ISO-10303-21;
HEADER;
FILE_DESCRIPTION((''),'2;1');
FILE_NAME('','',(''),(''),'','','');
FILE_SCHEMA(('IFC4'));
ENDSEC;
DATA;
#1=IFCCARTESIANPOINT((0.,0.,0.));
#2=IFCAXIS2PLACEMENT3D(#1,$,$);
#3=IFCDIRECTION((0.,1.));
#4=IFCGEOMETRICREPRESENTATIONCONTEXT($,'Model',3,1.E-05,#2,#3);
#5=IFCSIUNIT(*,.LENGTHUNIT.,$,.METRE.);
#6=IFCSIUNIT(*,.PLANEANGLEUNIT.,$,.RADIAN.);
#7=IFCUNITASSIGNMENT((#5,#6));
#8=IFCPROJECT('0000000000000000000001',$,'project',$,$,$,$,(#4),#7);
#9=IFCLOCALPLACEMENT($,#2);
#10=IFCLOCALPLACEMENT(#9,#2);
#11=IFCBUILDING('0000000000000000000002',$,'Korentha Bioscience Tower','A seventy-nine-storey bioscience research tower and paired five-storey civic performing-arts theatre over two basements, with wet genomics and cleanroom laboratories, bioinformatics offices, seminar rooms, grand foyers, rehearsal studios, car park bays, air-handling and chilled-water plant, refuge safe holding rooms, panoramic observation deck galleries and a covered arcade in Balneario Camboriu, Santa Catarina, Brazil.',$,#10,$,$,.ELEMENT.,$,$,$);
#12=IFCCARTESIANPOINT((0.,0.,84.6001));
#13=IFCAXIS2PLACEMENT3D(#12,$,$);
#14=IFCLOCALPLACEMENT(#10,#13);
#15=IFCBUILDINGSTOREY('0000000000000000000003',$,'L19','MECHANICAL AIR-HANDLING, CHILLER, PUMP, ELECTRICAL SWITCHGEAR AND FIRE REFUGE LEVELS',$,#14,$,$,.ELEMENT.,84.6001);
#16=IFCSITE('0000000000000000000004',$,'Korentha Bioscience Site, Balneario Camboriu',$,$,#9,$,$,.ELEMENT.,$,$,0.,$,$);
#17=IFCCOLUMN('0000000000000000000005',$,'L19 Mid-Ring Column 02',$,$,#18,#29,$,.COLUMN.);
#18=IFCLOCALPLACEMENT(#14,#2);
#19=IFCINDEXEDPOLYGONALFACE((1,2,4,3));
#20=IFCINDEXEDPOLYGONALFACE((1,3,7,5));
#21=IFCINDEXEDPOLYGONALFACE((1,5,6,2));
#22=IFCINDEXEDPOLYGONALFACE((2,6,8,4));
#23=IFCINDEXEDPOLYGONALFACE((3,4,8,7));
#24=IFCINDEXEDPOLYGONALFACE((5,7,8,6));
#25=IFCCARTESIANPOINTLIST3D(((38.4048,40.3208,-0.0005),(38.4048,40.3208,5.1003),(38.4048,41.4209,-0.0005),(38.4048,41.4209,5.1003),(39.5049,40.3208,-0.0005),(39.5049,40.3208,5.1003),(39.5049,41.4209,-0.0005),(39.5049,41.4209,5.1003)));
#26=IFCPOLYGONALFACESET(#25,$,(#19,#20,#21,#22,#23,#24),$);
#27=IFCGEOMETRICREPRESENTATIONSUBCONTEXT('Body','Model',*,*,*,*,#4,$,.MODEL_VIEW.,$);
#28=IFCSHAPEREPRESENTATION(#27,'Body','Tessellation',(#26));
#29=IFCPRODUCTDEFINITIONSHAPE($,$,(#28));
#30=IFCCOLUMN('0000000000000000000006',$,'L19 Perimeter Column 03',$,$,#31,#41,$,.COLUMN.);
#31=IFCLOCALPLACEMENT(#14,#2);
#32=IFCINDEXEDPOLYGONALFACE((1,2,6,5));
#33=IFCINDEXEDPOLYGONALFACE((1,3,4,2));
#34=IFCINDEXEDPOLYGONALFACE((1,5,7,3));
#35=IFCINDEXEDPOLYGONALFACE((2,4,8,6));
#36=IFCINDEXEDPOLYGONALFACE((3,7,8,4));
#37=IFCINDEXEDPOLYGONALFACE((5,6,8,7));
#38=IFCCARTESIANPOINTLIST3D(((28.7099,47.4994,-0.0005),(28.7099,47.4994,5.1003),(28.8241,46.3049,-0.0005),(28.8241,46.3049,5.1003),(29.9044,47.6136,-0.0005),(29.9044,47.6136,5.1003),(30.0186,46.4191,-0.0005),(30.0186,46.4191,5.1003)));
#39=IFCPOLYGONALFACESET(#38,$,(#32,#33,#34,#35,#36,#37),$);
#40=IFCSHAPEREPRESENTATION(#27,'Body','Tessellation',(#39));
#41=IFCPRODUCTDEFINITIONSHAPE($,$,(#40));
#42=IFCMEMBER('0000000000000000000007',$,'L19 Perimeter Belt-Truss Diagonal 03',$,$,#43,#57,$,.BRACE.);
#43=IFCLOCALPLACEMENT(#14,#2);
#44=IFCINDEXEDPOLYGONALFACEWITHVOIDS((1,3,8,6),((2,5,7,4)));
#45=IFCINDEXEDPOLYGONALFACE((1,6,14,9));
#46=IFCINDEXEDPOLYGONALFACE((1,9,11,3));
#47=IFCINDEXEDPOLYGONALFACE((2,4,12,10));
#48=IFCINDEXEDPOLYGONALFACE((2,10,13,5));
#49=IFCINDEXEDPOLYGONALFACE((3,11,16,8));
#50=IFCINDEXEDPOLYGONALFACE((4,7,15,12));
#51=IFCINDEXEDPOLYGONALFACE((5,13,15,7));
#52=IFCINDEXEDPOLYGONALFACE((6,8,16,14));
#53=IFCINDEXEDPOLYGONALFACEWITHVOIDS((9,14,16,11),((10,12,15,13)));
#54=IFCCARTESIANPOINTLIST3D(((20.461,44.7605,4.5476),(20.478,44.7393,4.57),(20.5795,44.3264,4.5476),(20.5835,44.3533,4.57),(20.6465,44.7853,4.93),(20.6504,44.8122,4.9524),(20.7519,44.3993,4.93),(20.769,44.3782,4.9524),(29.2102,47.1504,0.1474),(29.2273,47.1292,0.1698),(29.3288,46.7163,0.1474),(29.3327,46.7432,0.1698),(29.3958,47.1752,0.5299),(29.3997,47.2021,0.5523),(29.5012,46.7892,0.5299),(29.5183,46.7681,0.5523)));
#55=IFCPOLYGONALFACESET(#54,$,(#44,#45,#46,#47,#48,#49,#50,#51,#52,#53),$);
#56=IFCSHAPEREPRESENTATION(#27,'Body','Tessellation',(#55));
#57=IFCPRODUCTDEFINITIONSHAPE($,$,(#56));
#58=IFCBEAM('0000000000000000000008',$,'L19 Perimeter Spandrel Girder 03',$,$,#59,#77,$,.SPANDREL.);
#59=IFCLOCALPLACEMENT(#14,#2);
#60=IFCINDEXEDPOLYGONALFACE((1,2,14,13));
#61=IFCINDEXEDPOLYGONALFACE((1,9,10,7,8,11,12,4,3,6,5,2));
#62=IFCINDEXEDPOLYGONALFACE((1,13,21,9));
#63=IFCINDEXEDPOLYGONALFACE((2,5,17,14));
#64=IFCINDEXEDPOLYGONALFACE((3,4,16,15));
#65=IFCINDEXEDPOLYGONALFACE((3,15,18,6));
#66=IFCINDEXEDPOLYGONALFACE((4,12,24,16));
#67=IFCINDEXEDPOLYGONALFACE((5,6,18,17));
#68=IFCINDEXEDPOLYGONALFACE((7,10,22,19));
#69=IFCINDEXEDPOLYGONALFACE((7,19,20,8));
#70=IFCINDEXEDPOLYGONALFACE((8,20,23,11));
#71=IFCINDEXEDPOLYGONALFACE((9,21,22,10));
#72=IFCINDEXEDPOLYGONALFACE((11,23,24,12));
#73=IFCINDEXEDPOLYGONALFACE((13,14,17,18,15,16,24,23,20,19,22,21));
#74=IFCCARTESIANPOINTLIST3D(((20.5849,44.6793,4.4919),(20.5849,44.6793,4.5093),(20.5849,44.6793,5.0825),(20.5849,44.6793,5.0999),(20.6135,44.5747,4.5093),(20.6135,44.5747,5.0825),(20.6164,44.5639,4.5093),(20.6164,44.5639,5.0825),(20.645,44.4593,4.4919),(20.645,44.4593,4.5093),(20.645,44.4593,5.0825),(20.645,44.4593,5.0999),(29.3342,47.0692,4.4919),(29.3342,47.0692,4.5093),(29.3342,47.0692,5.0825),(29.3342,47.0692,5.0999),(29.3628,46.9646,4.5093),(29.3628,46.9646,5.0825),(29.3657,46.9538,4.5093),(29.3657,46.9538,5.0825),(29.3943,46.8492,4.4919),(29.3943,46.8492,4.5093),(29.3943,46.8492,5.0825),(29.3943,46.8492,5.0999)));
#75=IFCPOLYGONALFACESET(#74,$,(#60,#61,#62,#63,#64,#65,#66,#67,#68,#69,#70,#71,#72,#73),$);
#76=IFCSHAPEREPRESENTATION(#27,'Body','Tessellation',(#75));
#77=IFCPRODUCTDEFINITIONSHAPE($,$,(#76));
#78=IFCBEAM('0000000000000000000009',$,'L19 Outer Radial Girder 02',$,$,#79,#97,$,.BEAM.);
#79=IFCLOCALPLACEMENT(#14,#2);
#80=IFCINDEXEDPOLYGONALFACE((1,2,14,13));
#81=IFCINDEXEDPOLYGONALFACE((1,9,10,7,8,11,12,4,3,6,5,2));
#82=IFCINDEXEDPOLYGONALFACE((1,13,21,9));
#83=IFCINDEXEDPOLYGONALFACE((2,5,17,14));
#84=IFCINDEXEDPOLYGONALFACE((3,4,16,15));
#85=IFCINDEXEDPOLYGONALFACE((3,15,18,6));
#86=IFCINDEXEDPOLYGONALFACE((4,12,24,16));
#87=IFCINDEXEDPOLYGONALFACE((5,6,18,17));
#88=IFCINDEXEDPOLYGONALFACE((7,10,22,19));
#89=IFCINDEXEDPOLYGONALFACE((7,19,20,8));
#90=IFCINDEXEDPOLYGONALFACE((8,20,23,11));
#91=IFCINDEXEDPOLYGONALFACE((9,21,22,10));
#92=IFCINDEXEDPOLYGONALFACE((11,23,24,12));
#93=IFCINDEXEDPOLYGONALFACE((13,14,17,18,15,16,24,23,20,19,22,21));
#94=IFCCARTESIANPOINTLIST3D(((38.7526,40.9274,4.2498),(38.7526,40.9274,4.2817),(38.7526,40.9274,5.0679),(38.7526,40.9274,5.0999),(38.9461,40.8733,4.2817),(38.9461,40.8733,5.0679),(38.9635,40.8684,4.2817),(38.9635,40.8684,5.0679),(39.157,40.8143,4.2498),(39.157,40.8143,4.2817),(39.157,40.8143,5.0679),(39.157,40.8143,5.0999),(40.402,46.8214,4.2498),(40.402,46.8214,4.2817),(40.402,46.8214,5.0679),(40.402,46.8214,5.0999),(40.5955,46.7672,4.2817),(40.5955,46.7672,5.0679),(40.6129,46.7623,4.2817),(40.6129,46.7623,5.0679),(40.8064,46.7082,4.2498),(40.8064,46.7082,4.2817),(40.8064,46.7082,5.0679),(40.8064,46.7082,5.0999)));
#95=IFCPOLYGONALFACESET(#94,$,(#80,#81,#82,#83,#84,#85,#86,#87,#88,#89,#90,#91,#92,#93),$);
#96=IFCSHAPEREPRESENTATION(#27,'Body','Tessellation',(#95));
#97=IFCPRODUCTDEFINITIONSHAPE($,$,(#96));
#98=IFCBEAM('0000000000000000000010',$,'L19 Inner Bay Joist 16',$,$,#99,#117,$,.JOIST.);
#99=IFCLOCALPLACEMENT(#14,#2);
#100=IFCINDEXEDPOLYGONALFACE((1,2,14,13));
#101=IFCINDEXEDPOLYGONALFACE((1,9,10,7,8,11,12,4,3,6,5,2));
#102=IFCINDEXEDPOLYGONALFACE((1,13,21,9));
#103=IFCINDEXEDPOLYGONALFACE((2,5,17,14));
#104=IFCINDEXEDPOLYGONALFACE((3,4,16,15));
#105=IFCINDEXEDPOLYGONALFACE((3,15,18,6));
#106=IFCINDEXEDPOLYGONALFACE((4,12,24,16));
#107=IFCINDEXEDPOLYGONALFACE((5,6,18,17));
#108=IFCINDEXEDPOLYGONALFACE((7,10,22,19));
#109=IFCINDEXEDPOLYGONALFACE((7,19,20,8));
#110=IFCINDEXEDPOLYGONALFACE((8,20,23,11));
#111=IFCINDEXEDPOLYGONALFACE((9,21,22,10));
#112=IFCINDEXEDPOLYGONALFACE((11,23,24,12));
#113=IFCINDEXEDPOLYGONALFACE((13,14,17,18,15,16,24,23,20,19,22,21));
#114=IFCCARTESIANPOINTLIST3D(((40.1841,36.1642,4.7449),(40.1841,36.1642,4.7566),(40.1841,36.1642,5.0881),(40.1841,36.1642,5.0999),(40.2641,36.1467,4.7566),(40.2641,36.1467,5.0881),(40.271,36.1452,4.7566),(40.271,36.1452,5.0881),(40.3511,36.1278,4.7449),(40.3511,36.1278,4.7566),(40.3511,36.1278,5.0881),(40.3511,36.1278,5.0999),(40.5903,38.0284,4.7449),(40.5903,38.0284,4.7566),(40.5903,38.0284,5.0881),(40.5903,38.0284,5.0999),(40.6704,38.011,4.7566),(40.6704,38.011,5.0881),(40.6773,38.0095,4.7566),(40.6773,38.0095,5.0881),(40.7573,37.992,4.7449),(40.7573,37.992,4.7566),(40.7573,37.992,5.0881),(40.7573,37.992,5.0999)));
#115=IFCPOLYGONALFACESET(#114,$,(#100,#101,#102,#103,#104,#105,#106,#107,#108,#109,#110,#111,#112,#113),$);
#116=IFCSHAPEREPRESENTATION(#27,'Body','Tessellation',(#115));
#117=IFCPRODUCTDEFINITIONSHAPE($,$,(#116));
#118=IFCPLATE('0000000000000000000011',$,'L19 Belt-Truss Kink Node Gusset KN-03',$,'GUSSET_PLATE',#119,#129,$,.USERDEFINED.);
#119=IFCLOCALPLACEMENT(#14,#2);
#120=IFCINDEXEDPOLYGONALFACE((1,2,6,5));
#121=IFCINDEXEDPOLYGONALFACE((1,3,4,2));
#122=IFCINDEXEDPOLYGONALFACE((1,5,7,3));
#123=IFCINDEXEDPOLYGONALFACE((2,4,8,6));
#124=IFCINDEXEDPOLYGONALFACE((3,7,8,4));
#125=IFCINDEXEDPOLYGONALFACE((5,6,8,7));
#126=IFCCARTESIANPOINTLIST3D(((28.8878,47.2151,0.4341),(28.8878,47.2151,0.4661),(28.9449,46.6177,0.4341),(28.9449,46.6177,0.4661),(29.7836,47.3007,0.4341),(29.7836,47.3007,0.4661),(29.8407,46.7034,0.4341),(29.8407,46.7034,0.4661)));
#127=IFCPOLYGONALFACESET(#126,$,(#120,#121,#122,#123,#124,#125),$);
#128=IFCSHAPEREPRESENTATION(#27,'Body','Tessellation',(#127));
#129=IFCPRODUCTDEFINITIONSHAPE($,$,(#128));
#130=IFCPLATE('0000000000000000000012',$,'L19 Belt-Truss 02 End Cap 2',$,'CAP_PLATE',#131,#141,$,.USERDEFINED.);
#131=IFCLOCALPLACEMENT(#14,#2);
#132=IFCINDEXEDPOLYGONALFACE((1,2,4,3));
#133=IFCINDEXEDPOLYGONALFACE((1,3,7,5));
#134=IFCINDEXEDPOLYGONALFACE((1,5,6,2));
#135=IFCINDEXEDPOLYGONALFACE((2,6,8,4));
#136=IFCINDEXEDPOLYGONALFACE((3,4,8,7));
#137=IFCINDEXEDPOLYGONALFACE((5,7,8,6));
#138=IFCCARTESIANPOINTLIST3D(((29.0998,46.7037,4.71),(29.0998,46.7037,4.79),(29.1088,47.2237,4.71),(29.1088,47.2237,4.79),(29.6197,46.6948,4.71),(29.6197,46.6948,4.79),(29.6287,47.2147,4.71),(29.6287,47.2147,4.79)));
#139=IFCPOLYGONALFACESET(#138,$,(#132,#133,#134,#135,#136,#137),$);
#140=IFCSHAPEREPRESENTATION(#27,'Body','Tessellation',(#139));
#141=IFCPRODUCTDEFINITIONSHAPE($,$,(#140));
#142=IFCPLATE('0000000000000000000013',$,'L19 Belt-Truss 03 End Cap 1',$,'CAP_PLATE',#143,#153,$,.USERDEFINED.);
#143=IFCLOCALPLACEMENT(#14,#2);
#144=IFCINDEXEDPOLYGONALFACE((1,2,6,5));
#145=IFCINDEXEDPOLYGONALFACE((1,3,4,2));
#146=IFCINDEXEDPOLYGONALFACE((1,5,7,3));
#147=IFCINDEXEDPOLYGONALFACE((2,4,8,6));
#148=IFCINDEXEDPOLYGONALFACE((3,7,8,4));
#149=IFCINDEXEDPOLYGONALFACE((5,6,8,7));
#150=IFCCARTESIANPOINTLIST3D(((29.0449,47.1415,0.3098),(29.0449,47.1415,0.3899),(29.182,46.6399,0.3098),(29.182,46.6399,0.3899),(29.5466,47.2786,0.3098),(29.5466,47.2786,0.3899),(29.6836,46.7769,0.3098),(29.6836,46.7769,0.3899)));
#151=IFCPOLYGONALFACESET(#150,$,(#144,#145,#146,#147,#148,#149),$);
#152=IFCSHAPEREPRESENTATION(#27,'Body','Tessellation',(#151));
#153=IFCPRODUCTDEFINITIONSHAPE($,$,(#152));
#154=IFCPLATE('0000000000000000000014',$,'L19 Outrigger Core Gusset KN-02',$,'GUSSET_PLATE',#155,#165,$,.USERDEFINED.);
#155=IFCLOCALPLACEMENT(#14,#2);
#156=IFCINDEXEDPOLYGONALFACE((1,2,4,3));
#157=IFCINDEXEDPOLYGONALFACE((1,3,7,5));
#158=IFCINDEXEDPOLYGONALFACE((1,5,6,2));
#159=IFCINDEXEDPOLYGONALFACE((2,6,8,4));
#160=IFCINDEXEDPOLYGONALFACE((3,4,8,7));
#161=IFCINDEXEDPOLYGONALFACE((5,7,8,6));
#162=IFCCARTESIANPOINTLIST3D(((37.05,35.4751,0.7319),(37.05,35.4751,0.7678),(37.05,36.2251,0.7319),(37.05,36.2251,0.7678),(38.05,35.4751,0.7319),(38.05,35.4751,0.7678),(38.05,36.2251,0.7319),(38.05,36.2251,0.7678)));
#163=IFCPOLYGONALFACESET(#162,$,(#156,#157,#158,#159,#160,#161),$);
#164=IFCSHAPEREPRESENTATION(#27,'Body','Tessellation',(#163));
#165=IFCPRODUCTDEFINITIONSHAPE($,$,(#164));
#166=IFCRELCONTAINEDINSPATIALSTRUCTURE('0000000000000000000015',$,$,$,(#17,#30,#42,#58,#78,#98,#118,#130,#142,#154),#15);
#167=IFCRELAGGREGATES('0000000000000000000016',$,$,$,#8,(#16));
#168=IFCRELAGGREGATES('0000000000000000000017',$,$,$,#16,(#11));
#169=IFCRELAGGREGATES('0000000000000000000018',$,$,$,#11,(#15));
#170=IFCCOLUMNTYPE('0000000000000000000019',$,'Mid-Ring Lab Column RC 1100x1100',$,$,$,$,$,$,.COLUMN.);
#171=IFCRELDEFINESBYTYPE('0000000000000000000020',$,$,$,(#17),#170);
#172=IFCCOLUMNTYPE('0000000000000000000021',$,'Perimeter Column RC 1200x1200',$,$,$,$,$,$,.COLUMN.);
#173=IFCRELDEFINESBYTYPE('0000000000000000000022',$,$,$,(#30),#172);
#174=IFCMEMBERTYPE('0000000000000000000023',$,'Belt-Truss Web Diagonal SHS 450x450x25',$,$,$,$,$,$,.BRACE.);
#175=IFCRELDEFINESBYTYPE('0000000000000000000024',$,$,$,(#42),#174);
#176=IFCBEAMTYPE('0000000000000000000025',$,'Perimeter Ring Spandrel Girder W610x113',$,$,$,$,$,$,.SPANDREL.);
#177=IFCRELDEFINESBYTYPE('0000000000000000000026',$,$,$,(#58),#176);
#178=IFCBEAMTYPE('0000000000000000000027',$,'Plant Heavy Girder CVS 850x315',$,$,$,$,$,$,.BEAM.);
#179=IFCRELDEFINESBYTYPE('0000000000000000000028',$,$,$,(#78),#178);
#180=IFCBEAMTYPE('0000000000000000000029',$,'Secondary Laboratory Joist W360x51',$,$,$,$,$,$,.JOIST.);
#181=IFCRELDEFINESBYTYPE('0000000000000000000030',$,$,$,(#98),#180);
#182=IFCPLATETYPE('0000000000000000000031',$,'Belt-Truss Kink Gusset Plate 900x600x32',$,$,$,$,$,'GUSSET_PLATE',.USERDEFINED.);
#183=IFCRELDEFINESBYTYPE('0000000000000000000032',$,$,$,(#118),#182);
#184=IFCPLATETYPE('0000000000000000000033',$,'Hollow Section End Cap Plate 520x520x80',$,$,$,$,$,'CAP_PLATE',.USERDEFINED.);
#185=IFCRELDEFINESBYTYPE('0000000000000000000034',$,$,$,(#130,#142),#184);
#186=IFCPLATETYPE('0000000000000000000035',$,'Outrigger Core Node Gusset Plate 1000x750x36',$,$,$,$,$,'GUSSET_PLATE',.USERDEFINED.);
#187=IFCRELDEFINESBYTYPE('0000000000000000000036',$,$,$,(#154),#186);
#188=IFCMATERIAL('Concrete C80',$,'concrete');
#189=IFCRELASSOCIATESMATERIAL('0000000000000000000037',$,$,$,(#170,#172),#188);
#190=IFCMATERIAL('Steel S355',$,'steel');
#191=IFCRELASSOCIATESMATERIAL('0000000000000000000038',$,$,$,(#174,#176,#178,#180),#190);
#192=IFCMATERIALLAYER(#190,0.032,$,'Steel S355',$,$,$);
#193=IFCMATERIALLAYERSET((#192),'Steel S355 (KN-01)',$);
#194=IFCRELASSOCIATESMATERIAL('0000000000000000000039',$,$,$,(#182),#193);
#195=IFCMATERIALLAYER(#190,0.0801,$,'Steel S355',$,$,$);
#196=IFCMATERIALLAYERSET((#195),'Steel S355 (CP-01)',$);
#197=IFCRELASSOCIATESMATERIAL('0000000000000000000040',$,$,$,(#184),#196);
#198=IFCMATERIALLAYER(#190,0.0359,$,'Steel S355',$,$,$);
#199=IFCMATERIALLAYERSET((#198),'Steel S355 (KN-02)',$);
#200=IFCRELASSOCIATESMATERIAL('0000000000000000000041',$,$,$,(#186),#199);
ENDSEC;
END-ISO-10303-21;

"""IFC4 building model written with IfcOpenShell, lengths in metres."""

from ifc_helpers import new_model, si_unit, direction, frame, origin, origin_2d, place, context, subcontext, project, spatial, rectangle, hollow_rectangle, i_section, extrude, material, layer, layer_set, material_profile, profile_set, type_object, element, save


model = new_model("IFC4")

# Units and contexts
model_context = context("Model", 3, precision=1e-05, world=origin(), true_north=direction((0.0, 1.0)))
body_context = subcontext(model_context, "Body", "Model", "MODEL_VIEW")
ifc_project = project(units=[si_unit("LENGTHUNIT", "METRE"), si_unit("PLANEANGLEUNIT", "RADIAN")], contexts=[model_context])

# Site, building, storey
site_placement = place(None, origin())
site = spatial("IfcSite", under=ifc_project, at=site_placement, Name="Korentha Bioscience Site, Balneario Camboriu", CompositionType="ELEMENT", RefElevation=0.0)
building_placement = place(site_placement, origin())
building = spatial("IfcBuilding", under=site, at=building_placement, Name="Korentha Bioscience Tower", Description="A seventy-nine-storey bioscience research tower and paired five-storey civic performing-arts theatre over two basements, with wet genomics and cleanroom laboratories, bioinformatics offices, seminar rooms, grand foyers, rehearsal studios, car park bays, air-handling and chilled-water plant, refuge safe holding rooms, panoramic observation deck galleries and a covered arcade in Balneario Camboriu, Santa Catarina, Brazil.", CompositionType="ELEMENT")
storey_placement = place(building_placement, frame((0.0, 0.0, 84.6001)))
storey = spatial("IfcBuildingStorey", under=building, at=storey_placement, Name="L19", Description="MECHANICAL AIR-HANDLING, CHILLER, PUMP, ELECTRICAL SWITCHGEAR AND FIRE REFUGE LEVELS", CompositionType="ELEMENT", Elevation=84.6001)

# Columns
ifc_material_1 = material(Name="Concrete C80", Category="concrete")
ifc_material_profile_1 = material_profile(ifc_material_1, rectangle(XDim=1.1001, YDim=1.1001, at=origin_2d()), Name="Concrete C80")
ifc_profile_set_1 = profile_set([ifc_material_profile_1], Name="Concrete C80 (COL-MR11)")
column_type_1 = type_object("IfcColumnType", Name="Mid-Ring Lab Column RC 1100x1100", PredefinedType="COLUMN", material=ifc_profile_set_1)
column_1_placement = place(storey_placement, frame((38.9548, 40.8708, -0.0005), z_axis=(0.0, 0.0, 1.0), x_axis=(1.0, 0.0, 0.0)))
element("IfcColumn", 1, at=column_1_placement, inside=storey, type_object=column_type_1, Name="L19 Mid-Ring Column 02", PredefinedType="COLUMN", context=body_context, shape_type="SweptSolid", body=[
    extrude(rectangle(XDim=1.1001, YDim=1.1001, at=origin_2d()), origin(), (0.0, 0.0, 1.0), 5.1008),
])
ifc_material_profile_2 = material_profile(ifc_material_1, rectangle(XDim=1.2, YDim=1.2, at=origin_2d()), Name="Concrete C80")
ifc_profile_set_2 = profile_set([ifc_material_profile_2], Name="Concrete C80 (COL-P12)")
column_type_2 = type_object("IfcColumnType", Name="Perimeter Column RC 1200x1200", PredefinedType="COLUMN", material=ifc_profile_set_2)
column_2_placement = place(storey_placement, frame((29.3643, 46.9592, -0.0005), z_axis=(0.0, 0.0, 1.0), x_axis=(0.995463, 0.095151, 0.0)))
element("IfcColumn", 2, at=column_2_placement, inside=storey, type_object=column_type_2, Name="L19 Perimeter Column 03", PredefinedType="COLUMN", context=body_context, shape_type="SweptSolid", body=[
    extrude(rectangle(XDim=1.2, YDim=1.2, at=origin_2d()), origin(), (0.0, 0.0, 1.0), 5.1008),
])

# Member
ifc_material_2 = material(Name="Steel S355", Category="steel")
ifc_material_profile_3 = material_profile(ifc_material_2, hollow_rectangle(XDim=0.45, YDim=0.45, WallThickness=0.0249, at=origin_2d()), Name="Steel S355")
ifc_profile_set_3 = profile_set([ifc_material_profile_3], Name="Steel S355 (BT-D450)")
member_type = type_object("IfcMemberType", Name="Belt-Truss Web Diagonal SHS 450x450x25", PredefinedType="BRACE", material=ifc_profile_set_3)
member_placement = place(storey_placement, frame((29.3643, 46.9592, 0.3499), z_axis=(-0.867914, -0.237074, 0.436488), x_axis=(0.2635, -0.964659, 0.0)))
element("IfcMember", 3, at=member_placement, inside=storey, type_object=member_type, Name="L19 Perimeter Belt-Truss Diagonal 03", PredefinedType="BRACE", context=body_context, shape_type="SweptSolid", body=[
    extrude(hollow_rectangle(XDim=0.45, YDim=0.45, WallThickness=0.0249, at=origin_2d()), origin(), (0.0, 0.0, 1.0), 10.0808),
])

# Beams
ifc_material_profile_4 = material_profile(ifc_material_2, i_section(OverallWidth=0.228, OverallDepth=0.6079, WebThickness=0.0112, FlangeThickness=0.0173, at=origin_2d()), Name="Steel S355")
ifc_profile_set_4 = profile_set([ifc_material_profile_4], Name="Steel S355 (SB-610)")
beam_type_1 = type_object("IfcBeamType", Name="Perimeter Ring Spandrel Girder W610x113", PredefinedType="SPANDREL", material=ifc_profile_set_4)
beam_1_placement = place(storey_placement, frame((29.3643, 46.9592, 4.7959), z_axis=(-0.964659, -0.2635, 0.0), x_axis=(0.2635, -0.964659, 0.0)))
element("IfcBeam", 4, at=beam_1_placement, inside=storey, type_object=beam_type_1, Name="L19 Perimeter Spandrel Girder 03", PredefinedType="SPANDREL", context=body_context, shape_type="SweptSolid", body=[
    extrude(i_section(OverallWidth=0.228, OverallDepth=0.6079, WebThickness=0.0112, FlangeThickness=0.0173, at=origin_2d()), origin(), (0.0, 0.0, 1.0), 9.0698),
])
ifc_material_profile_5 = material_profile(ifc_material_2, i_section(OverallWidth=0.4199, OverallDepth=0.8501, WebThickness=0.0181, FlangeThickness=0.032, at=origin_2d()), Name="Steel S355")
ifc_profile_set_5 = profile_set([ifc_material_profile_5], Name="Steel S355 (MB-850)")
beam_type_2 = type_object("IfcBeamType", Name="Plant Heavy Girder CVS 850x315", PredefinedType="BEAM", material=ifc_profile_set_5)
beam_2_placement = place(storey_placement, frame((38.9548, 40.8708, 4.6748), z_axis=(0.269491, 0.963003, 0.0), x_axis=(-0.963003, 0.269491, 0.0)))
element("IfcBeam", 5, at=beam_2_placement, inside=storey, type_object=beam_type_2, Name="L19 Outer Radial Girder 02", PredefinedType="BEAM", context=body_context, shape_type="SweptSolid", body=[
    extrude(i_section(OverallWidth=0.4199, OverallDepth=0.8501, WebThickness=0.0181, FlangeThickness=0.032, at=origin_2d()), origin(), (0.0, 0.0, 1.0), 6.1204),
])
ifc_material_profile_6 = material_profile(ifc_material_2, i_section(OverallWidth=0.1709, OverallDepth=0.355, WebThickness=0.0071, FlangeThickness=0.0117, at=origin_2d()), Name="Steel S355")
ifc_profile_set_6 = profile_set([ifc_material_profile_6], Name="Steel S355 (JB-360)")
beam_type_3 = type_object("IfcBeamType", Name="Secondary Laboratory Joist W360x51", PredefinedType="JOIST", material=ifc_profile_set_6)
beam_3_placement = place(storey_placement, frame((40.2676, 36.146, 4.9224), z_axis=(0.212918, 0.97707, 0.0), x_axis=(-0.97707, 0.212918, 0.0)))
element("IfcBeam", 6, at=beam_3_placement, inside=storey, type_object=beam_type_3, Name="L19 Inner Bay Joist 16", PredefinedType="JOIST", context=body_context, shape_type="SweptSolid", body=[
    extrude(i_section(OverallWidth=0.1709, OverallDepth=0.355, WebThickness=0.0071, FlangeThickness=0.0117, at=origin_2d()), origin(), (0.0, 0.0, 1.0), 1.908),
])

# Plates
ifc_layer_1 = layer(ifc_material_2, 0.032, Name="Steel S355")
ifc_layer_set_1 = layer_set([ifc_layer_1], Name="Steel S355 (KN-01)")
plate_type_1 = type_object("IfcPlateType", Name="Belt-Truss Kink Gusset Plate 900x600x32", ElementType="GUSSET_PLATE", PredefinedType="USERDEFINED", material=ifc_layer_set_1)
plate_1_placement = place(storey_placement, frame((29.3643, 46.9592, 0.4341), z_axis=(0.0, 0.0, 1.0), x_axis=(0.995463, 0.095151, 0.0)))
element("IfcPlate", 7, at=plate_1_placement, inside=storey, type_object=plate_type_1, Name="L19 Belt-Truss Kink Node Gusset KN-03", ObjectType="GUSSET_PLATE", PredefinedType="USERDEFINED", context=body_context, shape_type="SweptSolid", body=[
    extrude(rectangle(XDim=0.8999, YDim=0.6001, at=origin_2d()), origin(), (0.0, 0.0, 1.0), 0.032),
])
ifc_layer_2 = layer(ifc_material_2, 0.0801, Name="Steel S355")
ifc_layer_set_2 = layer_set([ifc_layer_2], Name="Steel S355 (CP-01)")
plate_type_2 = type_object("IfcPlateType", Name="Hollow Section End Cap Plate 520x520x80", ElementType="CAP_PLATE", PredefinedType="USERDEFINED", material=ifc_layer_set_2)
for number, where, z_axis, x_axis, name in (
    (8, (29.3643, 46.9592, 4.71), (0.0, 0.0, 1.0), (-0.999851, 0.017278, 0.0), "L19 Belt-Truss 02 End Cap 2"),
    (9, (29.3643, 46.9592, 0.3098), (0.0, 0.0, 1.0), (0.964649, 0.263536, 0.0), "L19 Belt-Truss 03 End Cap 1"),
):
    element("IfcPlate", number, at=place(storey_placement, frame(where, z_axis=z_axis, x_axis=x_axis)), inside=storey, type_object=plate_type_2, Name=name, ObjectType="CAP_PLATE", PredefinedType="USERDEFINED", context=body_context, shape_type="SweptSolid", body=[
        extrude(rectangle(XDim=0.52, YDim=0.52, at=origin_2d()), origin(), (0.0, 0.0, 1.0), 0.0801),
    ])
ifc_layer_3 = layer(ifc_material_2, 0.0359, Name="Steel S355")
ifc_layer_set_3 = layer_set([ifc_layer_3], Name="Steel S355 (KN-02)")
plate_type_3 = type_object("IfcPlateType", Name="Outrigger Core Node Gusset Plate 1000x750x36", ElementType="GUSSET_PLATE", PredefinedType="USERDEFINED", material=ifc_layer_set_3)
plate_2_placement = place(storey_placement, frame((37.55, 35.8501, 0.7319), z_axis=(0.0, 0.0, 1.0), x_axis=(1.0, 0.0, 0.0)))
element("IfcPlate", 10, at=plate_2_placement, inside=storey, type_object=plate_type_3, Name="L19 Outrigger Core Gusset KN-02", ObjectType="GUSSET_PLATE", PredefinedType="USERDEFINED", context=body_context, shape_type="SweptSolid", body=[
    extrude(rectangle(XDim=1.0, YDim=0.75, at=origin_2d()), origin(), (0.0, 0.0, 1.0), 0.0359),
])

save(model, "model.ifc")
